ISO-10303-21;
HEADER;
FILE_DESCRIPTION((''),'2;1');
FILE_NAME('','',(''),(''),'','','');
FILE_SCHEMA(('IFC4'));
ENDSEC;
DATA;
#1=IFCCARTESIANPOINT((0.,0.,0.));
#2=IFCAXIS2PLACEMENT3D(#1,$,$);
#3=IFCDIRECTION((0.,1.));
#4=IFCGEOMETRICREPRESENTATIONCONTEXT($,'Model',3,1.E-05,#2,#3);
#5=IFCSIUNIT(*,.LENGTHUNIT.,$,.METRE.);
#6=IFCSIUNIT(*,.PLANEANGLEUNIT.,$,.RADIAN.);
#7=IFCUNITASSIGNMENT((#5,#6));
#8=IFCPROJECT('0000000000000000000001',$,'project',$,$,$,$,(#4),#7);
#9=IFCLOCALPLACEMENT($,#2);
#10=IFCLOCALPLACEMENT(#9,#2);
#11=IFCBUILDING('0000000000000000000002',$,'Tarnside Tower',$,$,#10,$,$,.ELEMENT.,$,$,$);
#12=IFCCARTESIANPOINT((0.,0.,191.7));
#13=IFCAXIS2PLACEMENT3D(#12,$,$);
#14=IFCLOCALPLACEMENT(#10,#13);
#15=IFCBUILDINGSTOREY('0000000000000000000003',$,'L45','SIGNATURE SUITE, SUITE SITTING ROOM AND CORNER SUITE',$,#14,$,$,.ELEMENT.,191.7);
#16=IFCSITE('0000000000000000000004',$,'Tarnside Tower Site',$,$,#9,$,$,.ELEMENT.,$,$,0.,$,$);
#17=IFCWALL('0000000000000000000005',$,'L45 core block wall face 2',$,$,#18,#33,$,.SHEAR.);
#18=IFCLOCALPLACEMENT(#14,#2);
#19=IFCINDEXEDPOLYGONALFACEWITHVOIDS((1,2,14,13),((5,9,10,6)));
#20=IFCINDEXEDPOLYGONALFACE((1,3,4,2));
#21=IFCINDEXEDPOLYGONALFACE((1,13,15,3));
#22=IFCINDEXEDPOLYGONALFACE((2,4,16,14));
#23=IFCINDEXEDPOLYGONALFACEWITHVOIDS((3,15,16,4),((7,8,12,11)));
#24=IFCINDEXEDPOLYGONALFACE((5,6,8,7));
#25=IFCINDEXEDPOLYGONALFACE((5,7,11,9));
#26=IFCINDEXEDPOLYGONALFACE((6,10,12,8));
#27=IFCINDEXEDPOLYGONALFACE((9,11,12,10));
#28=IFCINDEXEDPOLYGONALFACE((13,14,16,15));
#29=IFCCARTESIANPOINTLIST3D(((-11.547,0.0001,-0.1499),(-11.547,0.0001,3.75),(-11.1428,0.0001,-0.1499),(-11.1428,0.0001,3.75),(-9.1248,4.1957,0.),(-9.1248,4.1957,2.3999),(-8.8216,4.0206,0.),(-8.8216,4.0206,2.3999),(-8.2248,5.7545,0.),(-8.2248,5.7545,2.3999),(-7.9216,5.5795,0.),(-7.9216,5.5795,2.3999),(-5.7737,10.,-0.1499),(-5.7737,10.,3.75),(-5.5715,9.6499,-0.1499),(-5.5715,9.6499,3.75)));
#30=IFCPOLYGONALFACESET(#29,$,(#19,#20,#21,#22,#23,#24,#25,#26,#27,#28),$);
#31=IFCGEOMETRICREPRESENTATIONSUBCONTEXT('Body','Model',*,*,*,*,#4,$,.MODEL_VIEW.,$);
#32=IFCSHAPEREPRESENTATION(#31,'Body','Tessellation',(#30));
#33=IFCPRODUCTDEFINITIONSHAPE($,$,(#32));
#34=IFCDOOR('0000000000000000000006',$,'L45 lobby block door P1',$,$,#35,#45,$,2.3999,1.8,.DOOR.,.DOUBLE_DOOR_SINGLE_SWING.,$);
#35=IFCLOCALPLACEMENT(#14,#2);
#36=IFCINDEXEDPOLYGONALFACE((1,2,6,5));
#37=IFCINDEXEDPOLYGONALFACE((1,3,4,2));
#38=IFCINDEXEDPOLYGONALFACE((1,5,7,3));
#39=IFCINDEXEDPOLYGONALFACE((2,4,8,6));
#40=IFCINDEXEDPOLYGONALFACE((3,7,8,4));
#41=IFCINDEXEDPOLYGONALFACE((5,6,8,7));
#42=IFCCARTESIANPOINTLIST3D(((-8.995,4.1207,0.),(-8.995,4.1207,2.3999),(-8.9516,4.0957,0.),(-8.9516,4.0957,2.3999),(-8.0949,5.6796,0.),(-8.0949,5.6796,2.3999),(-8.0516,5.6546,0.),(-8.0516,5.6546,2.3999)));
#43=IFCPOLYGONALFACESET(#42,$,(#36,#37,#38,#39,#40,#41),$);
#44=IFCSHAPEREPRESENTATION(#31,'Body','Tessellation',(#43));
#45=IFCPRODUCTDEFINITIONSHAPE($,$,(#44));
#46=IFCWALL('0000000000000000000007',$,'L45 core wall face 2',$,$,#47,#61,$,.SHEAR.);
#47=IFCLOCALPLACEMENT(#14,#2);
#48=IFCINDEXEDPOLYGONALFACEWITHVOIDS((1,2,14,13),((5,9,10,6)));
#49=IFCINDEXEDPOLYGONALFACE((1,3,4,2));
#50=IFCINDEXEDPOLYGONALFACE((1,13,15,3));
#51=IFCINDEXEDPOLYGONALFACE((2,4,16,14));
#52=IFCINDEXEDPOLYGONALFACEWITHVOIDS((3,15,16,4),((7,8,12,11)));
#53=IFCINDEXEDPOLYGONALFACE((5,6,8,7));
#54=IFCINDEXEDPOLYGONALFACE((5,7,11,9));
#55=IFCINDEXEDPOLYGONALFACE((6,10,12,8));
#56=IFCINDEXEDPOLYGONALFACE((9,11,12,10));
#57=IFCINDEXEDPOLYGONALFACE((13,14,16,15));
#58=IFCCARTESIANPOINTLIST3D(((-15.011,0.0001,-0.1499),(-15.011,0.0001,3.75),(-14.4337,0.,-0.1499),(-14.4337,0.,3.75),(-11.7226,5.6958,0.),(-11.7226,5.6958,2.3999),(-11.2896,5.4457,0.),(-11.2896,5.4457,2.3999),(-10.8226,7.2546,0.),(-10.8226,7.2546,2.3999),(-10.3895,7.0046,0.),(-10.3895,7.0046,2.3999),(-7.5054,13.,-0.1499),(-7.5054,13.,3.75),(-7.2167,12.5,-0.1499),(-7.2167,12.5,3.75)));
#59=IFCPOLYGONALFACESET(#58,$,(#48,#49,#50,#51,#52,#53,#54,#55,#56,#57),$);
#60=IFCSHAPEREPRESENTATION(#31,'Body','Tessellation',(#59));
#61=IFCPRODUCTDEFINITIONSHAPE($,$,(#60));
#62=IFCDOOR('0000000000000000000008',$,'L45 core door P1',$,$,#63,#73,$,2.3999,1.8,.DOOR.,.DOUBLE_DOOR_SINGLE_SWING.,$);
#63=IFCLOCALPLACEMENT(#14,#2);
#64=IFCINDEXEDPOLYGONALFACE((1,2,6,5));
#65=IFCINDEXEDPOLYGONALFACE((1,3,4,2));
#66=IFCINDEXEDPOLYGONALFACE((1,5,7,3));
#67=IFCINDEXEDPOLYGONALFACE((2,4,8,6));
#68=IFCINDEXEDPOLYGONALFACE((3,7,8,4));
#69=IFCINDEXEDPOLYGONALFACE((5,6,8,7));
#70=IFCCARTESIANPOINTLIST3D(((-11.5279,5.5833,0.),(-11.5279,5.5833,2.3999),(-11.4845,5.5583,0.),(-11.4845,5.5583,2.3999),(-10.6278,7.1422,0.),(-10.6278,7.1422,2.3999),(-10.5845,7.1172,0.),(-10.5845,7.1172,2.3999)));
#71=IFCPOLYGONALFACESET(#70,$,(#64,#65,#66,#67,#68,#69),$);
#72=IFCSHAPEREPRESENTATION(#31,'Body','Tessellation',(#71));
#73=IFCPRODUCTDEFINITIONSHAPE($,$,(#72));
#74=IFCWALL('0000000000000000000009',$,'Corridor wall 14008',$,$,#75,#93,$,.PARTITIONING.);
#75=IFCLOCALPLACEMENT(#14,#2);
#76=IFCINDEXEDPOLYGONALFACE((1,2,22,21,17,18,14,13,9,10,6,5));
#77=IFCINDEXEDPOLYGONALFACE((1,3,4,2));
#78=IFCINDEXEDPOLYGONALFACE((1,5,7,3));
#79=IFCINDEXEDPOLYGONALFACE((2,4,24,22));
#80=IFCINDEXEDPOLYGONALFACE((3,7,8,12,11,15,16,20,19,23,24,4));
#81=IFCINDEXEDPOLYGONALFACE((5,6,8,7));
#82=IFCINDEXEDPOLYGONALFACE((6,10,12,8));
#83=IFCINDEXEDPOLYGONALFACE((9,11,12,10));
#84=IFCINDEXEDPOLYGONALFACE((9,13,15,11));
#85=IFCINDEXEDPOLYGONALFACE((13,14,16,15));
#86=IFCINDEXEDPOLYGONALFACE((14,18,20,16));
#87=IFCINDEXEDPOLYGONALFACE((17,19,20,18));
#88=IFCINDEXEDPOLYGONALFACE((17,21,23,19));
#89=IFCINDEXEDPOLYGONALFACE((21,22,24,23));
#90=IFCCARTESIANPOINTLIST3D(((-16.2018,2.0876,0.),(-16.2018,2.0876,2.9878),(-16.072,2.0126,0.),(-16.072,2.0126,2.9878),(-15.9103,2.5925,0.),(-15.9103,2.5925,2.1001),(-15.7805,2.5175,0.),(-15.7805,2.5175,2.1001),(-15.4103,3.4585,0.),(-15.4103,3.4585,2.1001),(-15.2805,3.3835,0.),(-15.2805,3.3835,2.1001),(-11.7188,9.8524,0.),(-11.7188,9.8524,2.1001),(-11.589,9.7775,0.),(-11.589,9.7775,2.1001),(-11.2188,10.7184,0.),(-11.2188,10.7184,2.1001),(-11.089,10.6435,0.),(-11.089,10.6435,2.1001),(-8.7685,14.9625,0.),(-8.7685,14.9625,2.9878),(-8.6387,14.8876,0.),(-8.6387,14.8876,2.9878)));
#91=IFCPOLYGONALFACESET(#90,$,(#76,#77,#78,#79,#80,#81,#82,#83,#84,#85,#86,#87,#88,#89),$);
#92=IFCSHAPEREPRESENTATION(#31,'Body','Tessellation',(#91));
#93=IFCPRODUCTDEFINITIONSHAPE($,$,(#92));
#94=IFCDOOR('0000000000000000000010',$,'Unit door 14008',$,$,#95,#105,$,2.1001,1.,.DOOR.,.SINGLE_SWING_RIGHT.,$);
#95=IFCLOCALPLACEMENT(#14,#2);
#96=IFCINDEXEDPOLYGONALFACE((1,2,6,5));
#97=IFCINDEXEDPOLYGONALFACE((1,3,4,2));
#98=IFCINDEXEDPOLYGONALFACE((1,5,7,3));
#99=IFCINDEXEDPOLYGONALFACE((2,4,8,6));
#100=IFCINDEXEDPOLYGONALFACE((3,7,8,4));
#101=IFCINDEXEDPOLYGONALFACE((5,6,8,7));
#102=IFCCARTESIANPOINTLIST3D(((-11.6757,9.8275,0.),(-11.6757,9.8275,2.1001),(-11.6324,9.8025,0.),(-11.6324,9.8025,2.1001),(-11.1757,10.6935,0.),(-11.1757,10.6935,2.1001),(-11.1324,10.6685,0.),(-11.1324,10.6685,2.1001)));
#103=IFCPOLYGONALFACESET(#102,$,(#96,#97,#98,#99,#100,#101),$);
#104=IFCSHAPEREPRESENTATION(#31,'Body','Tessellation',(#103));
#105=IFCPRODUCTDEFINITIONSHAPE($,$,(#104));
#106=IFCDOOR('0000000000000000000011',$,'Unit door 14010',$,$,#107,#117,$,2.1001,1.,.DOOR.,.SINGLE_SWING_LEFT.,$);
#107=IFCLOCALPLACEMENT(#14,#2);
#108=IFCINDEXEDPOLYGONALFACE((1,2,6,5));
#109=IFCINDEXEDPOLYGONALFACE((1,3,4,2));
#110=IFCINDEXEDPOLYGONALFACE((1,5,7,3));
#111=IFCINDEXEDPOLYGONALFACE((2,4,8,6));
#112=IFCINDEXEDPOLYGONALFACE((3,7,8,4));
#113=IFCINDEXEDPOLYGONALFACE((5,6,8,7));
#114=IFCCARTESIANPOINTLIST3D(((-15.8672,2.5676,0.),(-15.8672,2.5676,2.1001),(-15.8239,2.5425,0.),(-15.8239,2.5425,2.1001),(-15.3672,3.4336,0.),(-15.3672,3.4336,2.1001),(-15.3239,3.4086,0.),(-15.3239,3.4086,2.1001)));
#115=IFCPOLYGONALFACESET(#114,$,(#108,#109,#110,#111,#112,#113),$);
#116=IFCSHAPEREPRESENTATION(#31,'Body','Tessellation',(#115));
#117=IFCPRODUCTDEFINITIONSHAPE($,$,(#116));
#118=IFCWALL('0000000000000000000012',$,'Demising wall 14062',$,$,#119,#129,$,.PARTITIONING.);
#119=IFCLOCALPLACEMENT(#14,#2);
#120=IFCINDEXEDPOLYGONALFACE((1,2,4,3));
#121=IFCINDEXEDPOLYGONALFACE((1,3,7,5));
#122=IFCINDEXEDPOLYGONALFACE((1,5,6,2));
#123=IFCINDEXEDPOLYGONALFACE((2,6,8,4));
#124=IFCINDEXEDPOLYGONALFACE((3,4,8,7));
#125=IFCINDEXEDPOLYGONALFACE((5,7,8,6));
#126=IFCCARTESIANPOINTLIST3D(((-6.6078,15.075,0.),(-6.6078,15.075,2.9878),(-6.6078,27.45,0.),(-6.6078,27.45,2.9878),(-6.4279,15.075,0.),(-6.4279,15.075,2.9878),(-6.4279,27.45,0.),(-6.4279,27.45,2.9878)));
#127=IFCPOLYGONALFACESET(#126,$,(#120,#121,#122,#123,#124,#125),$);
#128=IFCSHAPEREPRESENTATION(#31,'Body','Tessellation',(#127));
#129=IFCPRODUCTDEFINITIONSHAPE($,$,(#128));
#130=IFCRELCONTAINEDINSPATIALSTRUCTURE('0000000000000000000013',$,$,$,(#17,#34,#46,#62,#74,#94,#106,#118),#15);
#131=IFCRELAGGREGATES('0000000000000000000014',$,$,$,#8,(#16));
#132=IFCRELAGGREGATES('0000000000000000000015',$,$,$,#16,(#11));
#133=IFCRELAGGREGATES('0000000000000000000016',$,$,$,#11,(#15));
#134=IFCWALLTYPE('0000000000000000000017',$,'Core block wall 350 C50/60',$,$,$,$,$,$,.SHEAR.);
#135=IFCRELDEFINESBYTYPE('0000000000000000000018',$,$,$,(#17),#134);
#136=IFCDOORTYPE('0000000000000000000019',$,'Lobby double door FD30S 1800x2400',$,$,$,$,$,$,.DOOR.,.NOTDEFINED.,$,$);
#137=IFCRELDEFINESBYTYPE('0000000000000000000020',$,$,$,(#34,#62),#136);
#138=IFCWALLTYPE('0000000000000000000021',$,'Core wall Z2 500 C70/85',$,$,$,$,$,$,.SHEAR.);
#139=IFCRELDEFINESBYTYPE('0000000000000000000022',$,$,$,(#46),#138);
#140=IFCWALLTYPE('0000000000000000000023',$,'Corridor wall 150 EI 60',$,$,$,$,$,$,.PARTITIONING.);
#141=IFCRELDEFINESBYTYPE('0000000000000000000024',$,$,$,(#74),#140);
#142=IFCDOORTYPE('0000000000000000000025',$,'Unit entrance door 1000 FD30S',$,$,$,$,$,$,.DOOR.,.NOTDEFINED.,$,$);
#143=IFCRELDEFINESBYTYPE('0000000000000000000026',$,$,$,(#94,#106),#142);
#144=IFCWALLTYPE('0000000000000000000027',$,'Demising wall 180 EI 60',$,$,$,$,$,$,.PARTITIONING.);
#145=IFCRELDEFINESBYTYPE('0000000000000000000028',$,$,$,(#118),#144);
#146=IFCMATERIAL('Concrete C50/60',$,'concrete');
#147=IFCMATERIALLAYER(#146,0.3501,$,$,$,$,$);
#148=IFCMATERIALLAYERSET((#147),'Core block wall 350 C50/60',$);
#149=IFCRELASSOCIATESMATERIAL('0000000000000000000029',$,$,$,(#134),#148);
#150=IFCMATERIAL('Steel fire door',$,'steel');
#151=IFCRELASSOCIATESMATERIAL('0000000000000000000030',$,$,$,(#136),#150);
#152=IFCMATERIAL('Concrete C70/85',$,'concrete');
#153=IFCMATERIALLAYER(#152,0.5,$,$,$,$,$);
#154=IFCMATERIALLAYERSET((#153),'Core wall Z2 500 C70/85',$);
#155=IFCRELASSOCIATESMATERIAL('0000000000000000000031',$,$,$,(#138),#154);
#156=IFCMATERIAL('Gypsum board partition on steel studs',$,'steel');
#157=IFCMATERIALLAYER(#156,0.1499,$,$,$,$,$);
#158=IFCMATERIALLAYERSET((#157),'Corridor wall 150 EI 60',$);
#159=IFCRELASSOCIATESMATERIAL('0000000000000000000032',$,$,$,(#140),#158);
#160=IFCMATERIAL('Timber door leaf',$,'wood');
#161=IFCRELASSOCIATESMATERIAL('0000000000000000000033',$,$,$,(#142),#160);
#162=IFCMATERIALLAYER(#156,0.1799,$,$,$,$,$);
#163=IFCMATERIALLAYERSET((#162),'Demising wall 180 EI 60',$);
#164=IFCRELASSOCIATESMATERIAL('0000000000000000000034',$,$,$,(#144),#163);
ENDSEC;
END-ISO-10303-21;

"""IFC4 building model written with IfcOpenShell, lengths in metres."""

from ifc_helpers import new_model, si_unit, direction, frame, frame_2d, origin, place, context, subcontext, project, spatial, polyline, rectangle, outline, extrude, material, layer, layer_set, type_object, element, fill, save


model = new_model("IFC4")

# Units and contexts
model_context = context("Model", 3, precision=1e-05, world=origin(), true_north=direction((0.0, 1.0)))
body_context = subcontext(model_context, "Body", "Model", "MODEL_VIEW")
ifc_project = project(units=[si_unit("LENGTHUNIT", "METRE"), si_unit("PLANEANGLEUNIT", "RADIAN")], contexts=[model_context])

# Site, building, storey
site_placement = place(None, origin())
site = spatial("IfcSite", under=ifc_project, at=site_placement, Name="Tarnside Tower Site", CompositionType="ELEMENT", RefElevation=0.0)
building_placement = place(site_placement, origin())
building = spatial("IfcBuilding", under=site, at=building_placement, Name="Tarnside Tower", CompositionType="ELEMENT")
storey_placement = place(building_placement, frame((0.0, 0.0, 191.7)))
storey = spatial("IfcBuildingStorey", under=building, at=storey_placement, Name="L45", Description="SIGNATURE SUITE, SUITE SITTING ROOM AND CORNER SUITE", CompositionType="ELEMENT", Elevation=191.7)

# Shared definitions
ifc_material_1 = material(Name="Gypsum board partition on steel studs", Category="steel")

# Walls, openings, doors
ifc_material_2 = material(Name="Timber door leaf", Category="wood")
ifc_material_3 = material(Name="Concrete C50/60", Category="concrete")
ifc_layer_1 = layer(ifc_material_3, 0.3501)
ifc_layer_set_1 = layer_set([ifc_layer_1], Name="Core block wall 350 C50/60")
wall_type_1 = type_object("IfcWallType", Name="Core block wall 350 C50/60", PredefinedType="SHEAR", material=ifc_layer_set_1)
wall_1_placement = place(storey_placement, frame((-5.6726, 9.825, -0.1499), z_axis=(0.0, 0.0, 1.0), x_axis=(-0.499995, -0.866028, 0.0)))
wall_1 = element("IfcWall", 1, at=wall_1_placement, inside=storey, type_object=wall_type_1, Name="L45 core block wall face 2", PredefinedType="SHEAR", context=body_context, shape_type="SweptSolid", body=[
    extrude(outline(polyline([(-0.1011, -0.175), (11.4458, -0.175), (11.2437, 0.175), (0.1011, 0.175), (-0.1011, -0.175)])), origin(), (0.0, 0.0, 1.0), 3.8999),
])
opening_1_placement = place(wall_1_placement, frame((4.8013, 0.0, 0.1499)))
opening_1 = element("IfcOpeningElement", 2, at=opening_1_placement, cuts=wall_1, PredefinedType="OPENING", context=body_context, shape_type="SweptSolid", body=[
    extrude(rectangle(XDim=1.8, YDim=2.3999, at=frame_2d((0.8999, 1.2))), frame((0.0, 0.1851, 0.0), z_axis=(0.0, -1.0, 0.0), x_axis=(1.0, 0.0, 0.0)), (0.0, 0.0, 1.0), 0.3701),
])
ifc_material_4 = material(Name="Steel fire door", Category="steel")
door_type_1 = type_object("IfcDoorType", Name="Lobby double door FD30S 1800x2400", OperationType="NOTDEFINED", PredefinedType="DOOR", material=ifc_material_4)
door_1_placement = place(opening_1_placement, origin())
door_1 = element("IfcDoor", 3, at=door_1_placement, inside=storey, type_object=door_type_1, Name="L45 lobby block door P1", OperationType="DOUBLE_DOOR_SINGLE_SWING", OverallHeight=2.3999, OverallWidth=1.8, PredefinedType="DOOR", context=body_context, shape_type="SweptSolid", body=[
    extrude(rectangle(XDim=1.8, YDim=2.3999, at=frame_2d((0.8999, 1.2))), frame((0.0, 0.0249, 0.0), z_axis=(0.0, -1.0, 0.0), x_axis=(1.0, 0.0, 0.0)), (0.0, 0.0, 1.0), 0.05),
])
fill(opening_1, door_1)
ifc_material_5 = material(Name="Concrete C70/85", Category="concrete")
ifc_layer_2 = layer(ifc_material_5, 0.5)
ifc_layer_set_2 = layer_set([ifc_layer_2], Name="Core wall Z2 500 C70/85")
wall_type_2 = type_object("IfcWallType", Name="Core wall Z2 500 C70/85", PredefinedType="SHEAR", material=ifc_layer_set_2)
wall_2_placement = place(storey_placement, frame((-7.3611, 12.75, -0.1499), z_axis=(0.0, 0.0, 1.0), x_axis=(-0.500006, -0.866022, 0.0)))
wall_2 = element("IfcWall", 4, at=wall_2_placement, inside=storey, type_object=wall_type_2, Name="L45 core wall face 2", PredefinedType="SHEAR", context=body_context, shape_type="SweptSolid", body=[
    extrude(outline(polyline([(-0.1443, -0.25), (14.8667, -0.25), (14.5781, 0.25), (0.1443, 0.25), (-0.1443, -0.25)])), origin(), (0.0, 0.0, 1.0), 3.8999),
])
opening_2_placement = place(wall_2_placement, frame((6.49, 0.0, 0.1499)))
opening_2 = element("IfcOpeningElement", 5, at=opening_2_placement, cuts=wall_2, PredefinedType="OPENING", context=body_context, shape_type="SweptSolid", body=[
    extrude(rectangle(XDim=1.8, YDim=2.3999, at=frame_2d((0.8999, 1.2))), frame((0.0, 0.26, 0.0), z_axis=(0.0, -1.0, 0.0), x_axis=(1.0, 0.0, 0.0)), (0.0, 0.0, 1.0), 0.52),
])
door_2_placement = place(opening_2_placement, origin())
door_2 = element("IfcDoor", 6, at=door_2_placement, inside=storey, type_object=door_type_1, Name="L45 core door P1", OperationType="DOUBLE_DOOR_SINGLE_SWING", OverallHeight=2.3999, OverallWidth=1.8, PredefinedType="DOOR", context=body_context, shape_type="SweptSolid", body=[
    extrude(rectangle(XDim=1.8, YDim=2.3999, at=frame_2d((0.8999, 1.2))), frame((0.0, 0.0249, 0.0), z_axis=(0.0, -1.0, 0.0), x_axis=(1.0, 0.0, 0.0)), (0.0, 0.0, 1.0), 0.05),
])
fill(opening_2, door_2)

# Wall, openings, doors
ifc_layer_3 = layer(ifc_material_1, 0.1499)
ifc_layer_set_3 = layer_set([ifc_layer_3], Name="Corridor wall 150 EI 60")
wall_type_3 = type_object("IfcWallType", Name="Corridor wall 150 EI 60", PredefinedType="PARTITIONING", material=ifc_layer_set_3)
wall_3_placement = place(storey_placement, frame((-8.7036, 14.925, 0.0), z_axis=(0.0, 0.0, 1.0), x_axis=(-0.499998, -0.866026, 0.0)))
wall_3 = element("IfcWall", 7, at=wall_3_placement, inside=storey, type_object=wall_type_3, Name="Corridor wall 14008", PredefinedType="PARTITIONING", context=body_context, shape_type="SweptSolid", body=[
    extrude(rectangle(XDim=14.8667, YDim=0.1499, at=frame_2d((7.4333, 0.0))), origin(), (0.0, 0.0, 1.0), 2.9878),
])
opening_3_placement = place(wall_3_placement, frame((4.9006, 0.0, 0.0)))
opening_3 = element("IfcOpeningElement", 8, at=opening_3_placement, cuts=wall_3, PredefinedType="OPENING", context=body_context, shape_type="SweptSolid", body=[
    extrude(rectangle(XDim=1.0, YDim=2.1001, at=frame_2d((0.5, 1.05))), frame((0.0, 0.085, 0.0), z_axis=(0.0, -1.0, 0.0), x_axis=(1.0, 0.0, 0.0)), (0.0, 0.0, 1.0), 0.1699),
])
opening_4_placement = place(wall_3_placement, frame((13.2837, 0.0, 0.0)))
opening_4 = element("IfcOpeningElement", 9, at=opening_4_placement, cuts=wall_3, PredefinedType="OPENING", context=body_context, shape_type="SweptSolid", body=[
    extrude(rectangle(XDim=1.0, YDim=2.1001, at=frame_2d((0.5, 1.05))), frame((0.0, 0.085, 0.0), z_axis=(0.0, -1.0, 0.0), x_axis=(1.0, 0.0, 0.0)), (0.0, 0.0, 1.0), 0.1699),
])
door_type_2 = type_object("IfcDoorType", Name="Unit entrance door 1000 FD30S", OperationType="NOTDEFINED", PredefinedType="DOOR", material=ifc_material_2)
door_3_placement = place(opening_3_placement, origin())
door_3 = element("IfcDoor", 10, at=door_3_placement, inside=storey, type_object=door_type_2, Name="Unit door 14008", OperationType="SINGLE_SWING_RIGHT", OverallHeight=2.1001, OverallWidth=1.0, PredefinedType="DOOR", context=body_context, shape_type="SweptSolid", body=[
    extrude(rectangle(XDim=1.0, YDim=2.1001, at=frame_2d((0.5, 1.05))), frame((0.0, 0.0249, 0.0), z_axis=(0.0, -1.0, 0.0), x_axis=(1.0, 0.0, 0.0)), (0.0, 0.0, 1.0), 0.05),
])
fill(opening_3, door_3)
door_4_placement = place(opening_4_placement, origin())
door_4 = element("IfcDoor", 11, at=door_4_placement, inside=storey, type_object=door_type_2, Name="Unit door 14010", OperationType="SINGLE_SWING_LEFT", OverallHeight=2.1001, OverallWidth=1.0, PredefinedType="DOOR", context=body_context, shape_type="SweptSolid", body=[
    extrude(rectangle(XDim=1.0, YDim=2.1001, at=frame_2d((0.5, 1.05))), frame((0.0, 0.0249, 0.0), z_axis=(0.0, -1.0, 0.0), x_axis=(1.0, 0.0, 0.0)), (0.0, 0.0, 1.0), 0.05),
])
fill(opening_4, door_4)

# Wall
ifc_layer_4 = layer(ifc_material_1, 0.1799)
ifc_layer_set_4 = layer_set([ifc_layer_4], Name="Demising wall 180 EI 60")
wall_type_4 = type_object("IfcWallType", Name="Demising wall 180 EI 60", PredefinedType="PARTITIONING", material=ifc_layer_set_4)
wall_4_placement = place(storey_placement, frame((-6.5178, 27.45, 0.0), z_axis=(0.0, 0.0, 1.0), x_axis=(0.0, -1.0, 0.0)))
element("IfcWall", 12, at=wall_4_placement, inside=storey, type_object=wall_type_4, Name="Demising wall 14062", PredefinedType="PARTITIONING", context=body_context, shape_type="SweptSolid", body=[
    extrude(rectangle(XDim=12.375, YDim=0.1799, at=frame_2d((6.1875, 0.0))), origin(), (0.0, 0.0, 1.0), 2.9878),
])

save(model, "model.ifc")
